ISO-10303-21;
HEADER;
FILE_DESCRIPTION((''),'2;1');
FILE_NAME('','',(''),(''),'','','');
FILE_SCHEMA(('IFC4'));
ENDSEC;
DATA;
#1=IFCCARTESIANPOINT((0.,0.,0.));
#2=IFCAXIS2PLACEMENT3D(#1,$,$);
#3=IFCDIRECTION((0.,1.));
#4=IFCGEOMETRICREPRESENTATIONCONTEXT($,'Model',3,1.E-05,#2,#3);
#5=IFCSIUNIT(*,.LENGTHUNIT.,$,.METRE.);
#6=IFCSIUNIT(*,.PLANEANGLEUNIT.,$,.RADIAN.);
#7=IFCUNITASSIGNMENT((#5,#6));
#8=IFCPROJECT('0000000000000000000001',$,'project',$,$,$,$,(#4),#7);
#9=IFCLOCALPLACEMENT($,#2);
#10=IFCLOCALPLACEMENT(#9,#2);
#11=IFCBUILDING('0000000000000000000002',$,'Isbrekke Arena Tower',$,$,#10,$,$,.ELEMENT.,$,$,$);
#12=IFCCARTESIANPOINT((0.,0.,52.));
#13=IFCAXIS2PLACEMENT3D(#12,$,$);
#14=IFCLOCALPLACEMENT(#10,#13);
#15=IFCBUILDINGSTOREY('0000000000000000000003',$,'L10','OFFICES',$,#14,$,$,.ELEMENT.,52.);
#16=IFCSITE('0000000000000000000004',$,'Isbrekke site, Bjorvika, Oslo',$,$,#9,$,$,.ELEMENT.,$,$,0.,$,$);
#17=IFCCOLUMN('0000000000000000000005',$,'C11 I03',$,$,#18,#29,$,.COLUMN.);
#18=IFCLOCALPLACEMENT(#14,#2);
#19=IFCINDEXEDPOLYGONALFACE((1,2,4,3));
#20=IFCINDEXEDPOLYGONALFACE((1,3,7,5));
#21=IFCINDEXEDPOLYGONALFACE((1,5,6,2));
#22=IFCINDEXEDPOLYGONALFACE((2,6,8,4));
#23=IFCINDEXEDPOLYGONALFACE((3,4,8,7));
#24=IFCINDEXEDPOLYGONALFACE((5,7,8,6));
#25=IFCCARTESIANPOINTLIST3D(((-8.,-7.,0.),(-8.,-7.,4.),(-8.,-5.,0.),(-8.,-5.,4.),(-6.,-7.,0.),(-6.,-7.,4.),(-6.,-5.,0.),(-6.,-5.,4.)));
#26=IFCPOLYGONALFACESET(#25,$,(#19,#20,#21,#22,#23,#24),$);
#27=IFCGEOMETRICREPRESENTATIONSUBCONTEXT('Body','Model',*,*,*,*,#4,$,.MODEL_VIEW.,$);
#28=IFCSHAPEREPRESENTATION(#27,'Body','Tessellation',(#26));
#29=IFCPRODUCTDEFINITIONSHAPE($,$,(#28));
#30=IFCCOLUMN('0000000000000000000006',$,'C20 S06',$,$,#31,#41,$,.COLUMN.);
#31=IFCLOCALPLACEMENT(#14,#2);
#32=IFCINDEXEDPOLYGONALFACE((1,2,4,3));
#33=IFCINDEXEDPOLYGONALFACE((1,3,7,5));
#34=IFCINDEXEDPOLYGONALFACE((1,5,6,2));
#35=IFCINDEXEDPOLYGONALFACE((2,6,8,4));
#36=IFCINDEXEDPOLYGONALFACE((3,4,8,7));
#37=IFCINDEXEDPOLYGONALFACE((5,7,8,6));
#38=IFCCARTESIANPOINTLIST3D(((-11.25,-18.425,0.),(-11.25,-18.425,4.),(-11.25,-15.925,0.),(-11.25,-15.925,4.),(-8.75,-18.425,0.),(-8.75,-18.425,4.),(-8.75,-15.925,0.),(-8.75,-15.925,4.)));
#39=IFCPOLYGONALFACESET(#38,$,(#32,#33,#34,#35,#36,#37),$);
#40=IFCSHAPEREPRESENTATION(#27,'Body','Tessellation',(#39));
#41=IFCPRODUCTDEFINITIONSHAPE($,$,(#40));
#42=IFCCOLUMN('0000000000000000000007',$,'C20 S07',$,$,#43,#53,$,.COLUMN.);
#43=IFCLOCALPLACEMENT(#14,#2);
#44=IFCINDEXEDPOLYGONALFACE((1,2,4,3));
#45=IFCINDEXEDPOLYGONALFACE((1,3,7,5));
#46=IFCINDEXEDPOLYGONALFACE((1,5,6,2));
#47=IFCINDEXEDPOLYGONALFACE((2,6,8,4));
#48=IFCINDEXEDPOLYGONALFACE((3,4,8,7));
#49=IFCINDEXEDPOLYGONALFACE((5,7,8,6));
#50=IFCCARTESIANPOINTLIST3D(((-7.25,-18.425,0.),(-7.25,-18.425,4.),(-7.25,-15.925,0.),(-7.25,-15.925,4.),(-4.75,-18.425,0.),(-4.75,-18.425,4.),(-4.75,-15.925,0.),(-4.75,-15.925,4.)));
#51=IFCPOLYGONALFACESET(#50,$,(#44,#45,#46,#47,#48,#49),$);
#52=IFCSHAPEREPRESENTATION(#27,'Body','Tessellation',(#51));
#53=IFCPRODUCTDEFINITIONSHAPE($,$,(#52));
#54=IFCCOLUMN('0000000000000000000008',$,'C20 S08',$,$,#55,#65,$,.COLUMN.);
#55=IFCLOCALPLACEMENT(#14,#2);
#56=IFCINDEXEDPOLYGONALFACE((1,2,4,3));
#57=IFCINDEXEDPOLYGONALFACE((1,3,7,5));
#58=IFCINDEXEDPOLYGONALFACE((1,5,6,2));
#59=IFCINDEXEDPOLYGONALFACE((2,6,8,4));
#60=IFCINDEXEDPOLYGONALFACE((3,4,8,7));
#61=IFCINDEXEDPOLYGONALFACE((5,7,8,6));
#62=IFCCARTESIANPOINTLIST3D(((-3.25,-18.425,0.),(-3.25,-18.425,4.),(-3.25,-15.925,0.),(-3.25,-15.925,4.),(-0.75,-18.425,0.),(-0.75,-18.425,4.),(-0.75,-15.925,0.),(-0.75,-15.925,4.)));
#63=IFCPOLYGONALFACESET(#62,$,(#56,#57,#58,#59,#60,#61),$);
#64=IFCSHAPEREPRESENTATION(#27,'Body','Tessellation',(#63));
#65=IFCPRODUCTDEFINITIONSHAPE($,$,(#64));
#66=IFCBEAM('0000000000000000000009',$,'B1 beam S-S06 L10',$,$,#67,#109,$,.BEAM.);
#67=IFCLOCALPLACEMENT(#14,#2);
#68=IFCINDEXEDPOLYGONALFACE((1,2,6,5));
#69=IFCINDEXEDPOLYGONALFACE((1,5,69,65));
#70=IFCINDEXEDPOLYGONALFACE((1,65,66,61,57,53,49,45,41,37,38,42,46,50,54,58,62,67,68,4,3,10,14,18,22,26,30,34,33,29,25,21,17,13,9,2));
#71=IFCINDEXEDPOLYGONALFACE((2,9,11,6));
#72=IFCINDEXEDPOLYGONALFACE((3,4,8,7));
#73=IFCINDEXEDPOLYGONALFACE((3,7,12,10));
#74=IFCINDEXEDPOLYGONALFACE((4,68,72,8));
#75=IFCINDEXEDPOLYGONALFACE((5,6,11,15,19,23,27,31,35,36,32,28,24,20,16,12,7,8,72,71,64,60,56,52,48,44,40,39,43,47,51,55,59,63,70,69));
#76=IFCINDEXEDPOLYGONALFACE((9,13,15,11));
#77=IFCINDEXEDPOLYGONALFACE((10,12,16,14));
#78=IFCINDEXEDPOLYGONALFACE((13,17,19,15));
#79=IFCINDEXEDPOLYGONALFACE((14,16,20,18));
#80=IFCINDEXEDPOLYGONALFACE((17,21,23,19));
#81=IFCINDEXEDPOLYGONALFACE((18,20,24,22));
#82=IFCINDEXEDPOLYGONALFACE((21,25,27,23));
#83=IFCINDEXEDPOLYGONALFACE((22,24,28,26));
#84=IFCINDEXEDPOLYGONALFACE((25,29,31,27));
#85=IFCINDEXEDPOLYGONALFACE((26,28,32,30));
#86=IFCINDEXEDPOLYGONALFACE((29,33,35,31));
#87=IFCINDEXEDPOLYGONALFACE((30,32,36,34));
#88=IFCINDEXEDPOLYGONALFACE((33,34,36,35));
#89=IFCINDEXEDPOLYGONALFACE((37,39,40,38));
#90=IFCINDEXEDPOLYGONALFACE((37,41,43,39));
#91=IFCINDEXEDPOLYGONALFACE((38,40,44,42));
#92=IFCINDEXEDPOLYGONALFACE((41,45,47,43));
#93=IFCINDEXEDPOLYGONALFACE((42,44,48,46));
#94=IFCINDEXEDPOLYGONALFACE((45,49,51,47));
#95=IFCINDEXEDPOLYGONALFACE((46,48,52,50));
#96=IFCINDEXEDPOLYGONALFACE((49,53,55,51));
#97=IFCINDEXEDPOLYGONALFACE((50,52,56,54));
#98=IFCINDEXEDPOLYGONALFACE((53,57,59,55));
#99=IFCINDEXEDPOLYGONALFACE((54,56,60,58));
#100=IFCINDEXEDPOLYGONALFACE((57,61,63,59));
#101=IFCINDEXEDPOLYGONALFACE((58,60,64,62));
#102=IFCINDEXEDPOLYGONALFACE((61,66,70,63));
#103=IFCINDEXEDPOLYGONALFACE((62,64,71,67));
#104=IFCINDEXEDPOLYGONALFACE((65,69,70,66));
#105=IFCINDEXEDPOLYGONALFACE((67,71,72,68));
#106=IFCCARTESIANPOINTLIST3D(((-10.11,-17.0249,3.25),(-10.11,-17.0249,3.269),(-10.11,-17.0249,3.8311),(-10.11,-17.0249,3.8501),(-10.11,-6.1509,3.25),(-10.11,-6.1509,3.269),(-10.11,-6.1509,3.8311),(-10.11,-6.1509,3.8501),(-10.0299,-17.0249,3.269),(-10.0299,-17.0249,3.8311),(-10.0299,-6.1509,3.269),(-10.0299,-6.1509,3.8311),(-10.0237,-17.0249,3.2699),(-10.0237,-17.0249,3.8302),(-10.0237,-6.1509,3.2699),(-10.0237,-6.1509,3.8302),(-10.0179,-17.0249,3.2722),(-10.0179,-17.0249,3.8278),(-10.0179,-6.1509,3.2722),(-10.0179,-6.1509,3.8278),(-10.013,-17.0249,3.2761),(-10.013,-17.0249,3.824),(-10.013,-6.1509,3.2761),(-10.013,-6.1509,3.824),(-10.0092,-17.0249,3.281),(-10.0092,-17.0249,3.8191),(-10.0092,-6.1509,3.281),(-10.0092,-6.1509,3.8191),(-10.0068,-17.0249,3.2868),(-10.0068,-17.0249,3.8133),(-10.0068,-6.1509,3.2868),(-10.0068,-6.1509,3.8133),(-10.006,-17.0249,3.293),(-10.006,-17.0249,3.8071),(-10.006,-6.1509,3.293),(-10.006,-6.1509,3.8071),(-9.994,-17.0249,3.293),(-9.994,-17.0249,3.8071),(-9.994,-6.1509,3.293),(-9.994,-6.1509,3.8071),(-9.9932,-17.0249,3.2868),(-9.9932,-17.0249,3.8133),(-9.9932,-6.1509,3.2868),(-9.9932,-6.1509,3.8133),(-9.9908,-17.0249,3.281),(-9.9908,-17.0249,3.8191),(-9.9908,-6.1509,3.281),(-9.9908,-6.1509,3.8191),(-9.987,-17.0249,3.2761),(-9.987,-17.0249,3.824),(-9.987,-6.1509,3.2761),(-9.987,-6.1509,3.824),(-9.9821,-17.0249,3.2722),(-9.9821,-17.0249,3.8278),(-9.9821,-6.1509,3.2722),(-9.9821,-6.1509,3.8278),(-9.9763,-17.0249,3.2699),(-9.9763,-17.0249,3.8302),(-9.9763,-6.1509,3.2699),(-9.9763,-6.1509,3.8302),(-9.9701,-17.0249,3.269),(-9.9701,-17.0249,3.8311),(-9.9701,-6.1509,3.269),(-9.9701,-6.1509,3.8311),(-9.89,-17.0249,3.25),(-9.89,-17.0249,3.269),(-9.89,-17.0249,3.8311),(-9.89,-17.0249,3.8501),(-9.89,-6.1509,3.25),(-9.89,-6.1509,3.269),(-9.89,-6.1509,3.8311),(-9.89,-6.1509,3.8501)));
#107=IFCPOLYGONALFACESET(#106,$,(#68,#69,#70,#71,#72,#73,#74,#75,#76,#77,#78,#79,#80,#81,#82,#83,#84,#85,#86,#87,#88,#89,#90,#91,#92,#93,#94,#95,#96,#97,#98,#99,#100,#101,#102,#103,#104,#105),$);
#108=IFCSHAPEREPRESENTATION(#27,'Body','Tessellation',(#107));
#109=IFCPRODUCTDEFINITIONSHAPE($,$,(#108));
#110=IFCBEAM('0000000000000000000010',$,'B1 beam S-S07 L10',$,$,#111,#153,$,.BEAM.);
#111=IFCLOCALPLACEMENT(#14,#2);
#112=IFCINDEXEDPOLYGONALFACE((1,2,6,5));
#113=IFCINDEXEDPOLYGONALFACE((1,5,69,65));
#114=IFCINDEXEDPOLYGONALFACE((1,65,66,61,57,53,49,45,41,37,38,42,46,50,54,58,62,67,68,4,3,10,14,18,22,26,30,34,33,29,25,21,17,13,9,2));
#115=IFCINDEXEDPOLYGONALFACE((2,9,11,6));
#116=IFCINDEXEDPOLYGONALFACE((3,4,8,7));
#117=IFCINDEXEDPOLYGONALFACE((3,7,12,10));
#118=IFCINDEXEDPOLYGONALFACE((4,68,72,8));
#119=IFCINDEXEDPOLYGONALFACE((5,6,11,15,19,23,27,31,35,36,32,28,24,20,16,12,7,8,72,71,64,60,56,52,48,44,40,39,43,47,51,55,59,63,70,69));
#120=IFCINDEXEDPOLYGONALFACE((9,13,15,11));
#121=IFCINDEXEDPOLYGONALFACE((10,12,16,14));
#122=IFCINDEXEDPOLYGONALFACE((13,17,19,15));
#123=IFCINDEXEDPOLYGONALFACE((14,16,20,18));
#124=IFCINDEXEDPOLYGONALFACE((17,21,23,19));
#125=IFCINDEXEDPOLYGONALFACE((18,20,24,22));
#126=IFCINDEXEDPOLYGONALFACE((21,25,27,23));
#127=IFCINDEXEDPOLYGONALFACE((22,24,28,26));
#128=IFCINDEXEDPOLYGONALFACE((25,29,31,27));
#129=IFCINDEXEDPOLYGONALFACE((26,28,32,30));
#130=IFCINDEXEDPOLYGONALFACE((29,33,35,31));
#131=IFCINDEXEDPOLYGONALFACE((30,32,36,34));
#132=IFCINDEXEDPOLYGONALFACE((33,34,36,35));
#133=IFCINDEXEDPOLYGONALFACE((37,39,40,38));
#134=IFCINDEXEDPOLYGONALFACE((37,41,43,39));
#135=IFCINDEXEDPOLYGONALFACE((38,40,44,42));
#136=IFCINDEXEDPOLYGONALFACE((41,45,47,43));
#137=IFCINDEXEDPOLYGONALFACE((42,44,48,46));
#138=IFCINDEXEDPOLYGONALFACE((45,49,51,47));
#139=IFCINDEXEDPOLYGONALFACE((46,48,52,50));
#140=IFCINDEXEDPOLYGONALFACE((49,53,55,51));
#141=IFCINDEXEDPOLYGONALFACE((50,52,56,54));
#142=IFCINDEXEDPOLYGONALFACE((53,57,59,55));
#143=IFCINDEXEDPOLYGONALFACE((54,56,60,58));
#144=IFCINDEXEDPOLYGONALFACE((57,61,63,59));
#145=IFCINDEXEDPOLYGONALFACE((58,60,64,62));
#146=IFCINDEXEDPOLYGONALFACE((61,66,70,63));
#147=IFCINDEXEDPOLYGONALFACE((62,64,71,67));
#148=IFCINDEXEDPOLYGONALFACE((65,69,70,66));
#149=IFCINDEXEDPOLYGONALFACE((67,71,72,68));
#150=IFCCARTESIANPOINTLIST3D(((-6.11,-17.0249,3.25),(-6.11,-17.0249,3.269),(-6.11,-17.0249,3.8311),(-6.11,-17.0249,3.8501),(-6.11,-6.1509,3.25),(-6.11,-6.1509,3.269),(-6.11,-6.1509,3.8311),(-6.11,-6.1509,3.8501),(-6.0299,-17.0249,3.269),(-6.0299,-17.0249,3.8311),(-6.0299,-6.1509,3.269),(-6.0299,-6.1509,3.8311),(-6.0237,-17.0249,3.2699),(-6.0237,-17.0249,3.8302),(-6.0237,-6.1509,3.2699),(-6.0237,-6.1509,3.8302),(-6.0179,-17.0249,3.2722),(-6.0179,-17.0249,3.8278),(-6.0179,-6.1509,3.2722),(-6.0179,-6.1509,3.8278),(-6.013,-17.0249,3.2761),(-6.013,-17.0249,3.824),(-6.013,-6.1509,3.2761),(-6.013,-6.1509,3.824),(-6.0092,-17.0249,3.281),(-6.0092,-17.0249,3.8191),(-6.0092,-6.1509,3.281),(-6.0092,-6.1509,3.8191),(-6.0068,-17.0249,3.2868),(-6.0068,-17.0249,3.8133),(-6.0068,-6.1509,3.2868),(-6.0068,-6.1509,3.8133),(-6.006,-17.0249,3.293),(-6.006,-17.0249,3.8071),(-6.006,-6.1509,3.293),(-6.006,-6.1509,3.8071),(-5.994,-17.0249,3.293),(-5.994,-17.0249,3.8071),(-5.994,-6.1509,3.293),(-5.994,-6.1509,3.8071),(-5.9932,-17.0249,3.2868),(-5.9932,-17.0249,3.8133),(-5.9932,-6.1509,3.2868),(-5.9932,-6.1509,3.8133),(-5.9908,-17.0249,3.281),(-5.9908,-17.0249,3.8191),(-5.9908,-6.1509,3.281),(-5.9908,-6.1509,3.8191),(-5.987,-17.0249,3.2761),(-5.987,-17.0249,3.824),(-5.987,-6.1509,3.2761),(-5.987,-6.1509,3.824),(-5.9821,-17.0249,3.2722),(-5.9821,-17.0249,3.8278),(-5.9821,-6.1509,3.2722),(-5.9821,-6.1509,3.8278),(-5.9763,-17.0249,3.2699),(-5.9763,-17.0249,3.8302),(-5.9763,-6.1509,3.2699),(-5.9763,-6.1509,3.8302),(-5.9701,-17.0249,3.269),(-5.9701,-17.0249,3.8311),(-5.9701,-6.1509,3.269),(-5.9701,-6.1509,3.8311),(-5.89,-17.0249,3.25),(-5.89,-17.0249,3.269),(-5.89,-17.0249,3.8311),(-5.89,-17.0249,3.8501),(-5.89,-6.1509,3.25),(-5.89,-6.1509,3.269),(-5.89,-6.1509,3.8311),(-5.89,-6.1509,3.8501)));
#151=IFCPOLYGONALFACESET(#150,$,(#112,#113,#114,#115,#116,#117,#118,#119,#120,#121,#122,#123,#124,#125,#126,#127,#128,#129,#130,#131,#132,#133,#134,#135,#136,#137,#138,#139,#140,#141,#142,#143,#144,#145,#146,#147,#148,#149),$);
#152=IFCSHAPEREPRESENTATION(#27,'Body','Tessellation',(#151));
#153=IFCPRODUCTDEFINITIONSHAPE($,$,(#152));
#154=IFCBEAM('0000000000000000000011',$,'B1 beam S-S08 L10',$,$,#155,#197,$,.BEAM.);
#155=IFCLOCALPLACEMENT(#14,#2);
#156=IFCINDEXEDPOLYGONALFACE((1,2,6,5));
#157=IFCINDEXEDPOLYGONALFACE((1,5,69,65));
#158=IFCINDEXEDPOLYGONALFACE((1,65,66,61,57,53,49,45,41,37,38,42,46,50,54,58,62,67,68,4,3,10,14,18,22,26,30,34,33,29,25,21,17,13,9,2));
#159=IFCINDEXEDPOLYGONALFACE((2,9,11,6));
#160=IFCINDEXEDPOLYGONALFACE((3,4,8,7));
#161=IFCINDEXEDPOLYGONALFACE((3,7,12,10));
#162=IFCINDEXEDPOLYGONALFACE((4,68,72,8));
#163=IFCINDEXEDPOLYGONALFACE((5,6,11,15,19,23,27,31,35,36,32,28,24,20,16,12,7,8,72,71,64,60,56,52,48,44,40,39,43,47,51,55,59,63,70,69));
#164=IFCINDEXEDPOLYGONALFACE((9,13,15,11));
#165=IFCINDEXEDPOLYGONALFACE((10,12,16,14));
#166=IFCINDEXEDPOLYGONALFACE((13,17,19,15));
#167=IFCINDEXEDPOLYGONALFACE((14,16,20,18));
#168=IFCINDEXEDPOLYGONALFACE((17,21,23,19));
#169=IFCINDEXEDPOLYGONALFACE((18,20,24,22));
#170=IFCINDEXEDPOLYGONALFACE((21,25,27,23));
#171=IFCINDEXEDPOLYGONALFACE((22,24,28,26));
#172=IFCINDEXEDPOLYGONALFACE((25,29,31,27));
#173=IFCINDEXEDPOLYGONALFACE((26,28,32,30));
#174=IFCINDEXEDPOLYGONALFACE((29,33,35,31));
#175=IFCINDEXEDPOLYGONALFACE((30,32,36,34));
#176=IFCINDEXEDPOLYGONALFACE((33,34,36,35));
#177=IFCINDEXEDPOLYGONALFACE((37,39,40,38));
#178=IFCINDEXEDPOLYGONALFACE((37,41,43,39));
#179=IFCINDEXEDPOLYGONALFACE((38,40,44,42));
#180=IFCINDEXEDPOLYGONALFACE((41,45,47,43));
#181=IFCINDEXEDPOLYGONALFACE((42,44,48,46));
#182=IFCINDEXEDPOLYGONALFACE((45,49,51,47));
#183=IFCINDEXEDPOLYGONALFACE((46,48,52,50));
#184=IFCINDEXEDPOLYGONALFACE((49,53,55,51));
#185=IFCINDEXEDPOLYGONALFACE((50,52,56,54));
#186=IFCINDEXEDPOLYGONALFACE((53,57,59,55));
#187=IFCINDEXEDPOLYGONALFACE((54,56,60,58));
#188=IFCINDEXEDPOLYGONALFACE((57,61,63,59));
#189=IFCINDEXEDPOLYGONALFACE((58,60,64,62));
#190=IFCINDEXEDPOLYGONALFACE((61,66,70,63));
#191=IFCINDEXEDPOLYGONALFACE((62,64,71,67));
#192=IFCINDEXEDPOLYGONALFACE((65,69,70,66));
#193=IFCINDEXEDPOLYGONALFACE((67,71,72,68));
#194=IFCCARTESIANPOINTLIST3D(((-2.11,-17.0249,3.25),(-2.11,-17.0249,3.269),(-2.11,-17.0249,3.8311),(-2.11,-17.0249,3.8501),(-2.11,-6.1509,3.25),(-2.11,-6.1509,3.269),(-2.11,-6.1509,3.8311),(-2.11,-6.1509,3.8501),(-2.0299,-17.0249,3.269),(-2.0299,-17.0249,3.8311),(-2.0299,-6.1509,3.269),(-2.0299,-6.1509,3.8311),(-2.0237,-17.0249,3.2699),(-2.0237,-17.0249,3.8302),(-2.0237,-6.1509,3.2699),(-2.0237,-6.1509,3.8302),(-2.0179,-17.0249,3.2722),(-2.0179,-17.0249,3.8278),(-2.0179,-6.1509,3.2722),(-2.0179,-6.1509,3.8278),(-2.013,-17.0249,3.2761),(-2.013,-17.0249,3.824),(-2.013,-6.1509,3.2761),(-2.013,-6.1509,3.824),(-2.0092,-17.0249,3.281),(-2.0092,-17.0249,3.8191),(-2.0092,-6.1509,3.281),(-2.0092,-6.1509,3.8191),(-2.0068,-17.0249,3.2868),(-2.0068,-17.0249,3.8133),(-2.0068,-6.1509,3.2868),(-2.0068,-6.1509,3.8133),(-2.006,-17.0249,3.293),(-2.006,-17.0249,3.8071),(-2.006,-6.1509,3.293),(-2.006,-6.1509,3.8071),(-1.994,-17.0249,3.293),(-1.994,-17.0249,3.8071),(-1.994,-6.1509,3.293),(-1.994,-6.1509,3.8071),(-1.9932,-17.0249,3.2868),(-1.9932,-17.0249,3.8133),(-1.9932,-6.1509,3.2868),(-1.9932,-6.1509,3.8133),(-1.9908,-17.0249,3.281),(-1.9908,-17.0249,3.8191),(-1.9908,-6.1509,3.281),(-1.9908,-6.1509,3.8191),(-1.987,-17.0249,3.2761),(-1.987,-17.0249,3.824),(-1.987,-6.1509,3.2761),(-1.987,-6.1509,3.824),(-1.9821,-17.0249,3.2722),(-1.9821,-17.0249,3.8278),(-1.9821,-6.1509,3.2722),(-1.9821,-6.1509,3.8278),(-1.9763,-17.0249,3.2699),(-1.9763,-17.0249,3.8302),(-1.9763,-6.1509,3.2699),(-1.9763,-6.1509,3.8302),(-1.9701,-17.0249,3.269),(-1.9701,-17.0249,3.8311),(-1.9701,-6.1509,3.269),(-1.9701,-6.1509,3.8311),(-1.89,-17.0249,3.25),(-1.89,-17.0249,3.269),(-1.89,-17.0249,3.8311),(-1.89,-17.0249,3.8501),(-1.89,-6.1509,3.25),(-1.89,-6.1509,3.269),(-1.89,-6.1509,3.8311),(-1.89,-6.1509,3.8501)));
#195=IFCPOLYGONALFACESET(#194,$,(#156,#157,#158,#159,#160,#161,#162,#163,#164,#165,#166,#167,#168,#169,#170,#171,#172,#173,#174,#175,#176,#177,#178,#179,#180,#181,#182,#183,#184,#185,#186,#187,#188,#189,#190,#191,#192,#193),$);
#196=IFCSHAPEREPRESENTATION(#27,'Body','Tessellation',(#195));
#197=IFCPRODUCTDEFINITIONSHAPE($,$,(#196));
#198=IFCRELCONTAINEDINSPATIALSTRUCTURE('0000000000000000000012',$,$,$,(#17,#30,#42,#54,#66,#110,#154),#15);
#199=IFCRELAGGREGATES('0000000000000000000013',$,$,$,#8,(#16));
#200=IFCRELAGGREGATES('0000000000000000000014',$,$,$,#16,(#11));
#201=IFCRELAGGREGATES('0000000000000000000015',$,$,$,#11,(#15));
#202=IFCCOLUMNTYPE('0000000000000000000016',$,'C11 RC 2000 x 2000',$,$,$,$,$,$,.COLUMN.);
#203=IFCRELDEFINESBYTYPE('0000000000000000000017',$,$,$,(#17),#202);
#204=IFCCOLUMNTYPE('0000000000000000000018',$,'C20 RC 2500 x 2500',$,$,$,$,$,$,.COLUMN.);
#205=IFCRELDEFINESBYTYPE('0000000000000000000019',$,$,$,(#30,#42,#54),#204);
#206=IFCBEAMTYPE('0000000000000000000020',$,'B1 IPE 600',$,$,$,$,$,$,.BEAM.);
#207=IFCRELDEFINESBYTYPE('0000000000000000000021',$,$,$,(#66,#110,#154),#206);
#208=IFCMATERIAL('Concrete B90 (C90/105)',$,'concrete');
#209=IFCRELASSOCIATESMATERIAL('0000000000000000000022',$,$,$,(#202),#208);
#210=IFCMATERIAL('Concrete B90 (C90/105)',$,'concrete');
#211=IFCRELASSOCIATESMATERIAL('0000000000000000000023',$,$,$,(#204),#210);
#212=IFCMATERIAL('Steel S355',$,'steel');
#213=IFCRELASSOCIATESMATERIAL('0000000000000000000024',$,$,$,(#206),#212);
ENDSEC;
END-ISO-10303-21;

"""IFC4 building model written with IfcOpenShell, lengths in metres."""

from ifc_helpers import new_model, si_unit, direction, frame, origin, origin_2d, place, context, subcontext, project, spatial, rectangle, i_section, extrude, material, material_profile, profile_set, type_object, element, save


model = new_model("IFC4")

# Units and contexts
model_context = context("Model", 3, precision=1e-05, world=origin(), true_north=direction((0.0, 1.0)))
body_context = subcontext(model_context, "Body", "Model", "MODEL_VIEW")
ifc_project = project(units=[si_unit("LENGTHUNIT", "METRE"), si_unit("PLANEANGLEUNIT", "RADIAN")], contexts=[model_context])

# Site, building, storey
site_placement = place(None, origin())
site = spatial("IfcSite", under=ifc_project, at=site_placement, Name="Isbrekke site, Bjorvika, Oslo", CompositionType="ELEMENT", RefElevation=0.0)
building_placement = place(site_placement, origin())
building = spatial("IfcBuilding", under=site, at=building_placement, Name="Isbrekke Arena Tower", CompositionType="ELEMENT")
storey_placement = place(building_placement, frame((0.0, 0.0, 52.0)))
storey = spatial("IfcBuildingStorey", under=building, at=storey_placement, Name="L10", Description="OFFICES", CompositionType="ELEMENT", Elevation=52.0)

# Columns
ifc_material_1 = material(Name="Concrete B90 (C90/105)", Category="concrete")
ifc_material_profile_1 = material_profile(ifc_material_1, rectangle(XDim=2.0, YDim=2.0, at=origin_2d()), Name="RC 2000x2000")
ifc_profile_set_1 = profile_set([ifc_material_profile_1], Name="Concrete B90 (C90/105)")
column_type_1 = type_object("IfcColumnType", Name="C11 RC 2000 x 2000", PredefinedType="COLUMN", material=ifc_profile_set_1)
column_placement = place(storey_placement, frame((-7.0, -6.0, 0.0), z_axis=(0.0, 0.0, 1.0), x_axis=(1.0, 0.0, 0.0)))
element("IfcColumn", 1, at=column_placement, inside=storey, type_object=column_type_1, Name="C11 I03", PredefinedType="COLUMN", context=body_context, shape_type="SweptSolid", body=[
    extrude(rectangle(XDim=2.0, YDim=2.0, at=origin_2d()), origin(), (0.0, 0.0, 1.0), 4.0),
])
ifc_material_2 = material(Name="Concrete B90 (C90/105)", Category="concrete")
ifc_material_profile_2 = material_profile(ifc_material_2, rectangle(XDim=2.5, YDim=2.5, at=origin_2d()), Name="RC 2500x2500")
ifc_profile_set_2 = profile_set([ifc_material_profile_2], Name="Concrete B90 (C90/105)")
column_type_2 = type_object("IfcColumnType", Name="C20 RC 2500 x 2500", PredefinedType="COLUMN", material=ifc_profile_set_2)
for number, where, z_axis, x_axis, name in (
    (2, (-10.0, -17.175, 0.0), (0.0, 0.0, 1.0), (1.0, 0.0, 0.0), "C20 S06"),
    (3, (-6.0, -17.175, 0.0), (0.0, 0.0, 1.0), (1.0, 0.0, 0.0), "C20 S07"),
    (4, (-2.0, -17.175, 0.0), (0.0, 0.0, 1.0), (1.0, 0.0, 0.0), "C20 S08"),
):
    element("IfcColumn", number, at=place(storey_placement, frame(where, z_axis=z_axis, x_axis=x_axis)), inside=storey, type_object=column_type_2, Name=name, PredefinedType="COLUMN", context=body_context, shape_type="SweptSolid", body=[
        extrude(rectangle(XDim=2.5, YDim=2.5, at=origin_2d()), origin(), (0.0, 0.0, 1.0), 4.0),
    ])

# Beams
ifc_material_3 = material(Name="Steel S355", Category="steel")
ifc_material_profile_3 = material_profile(ifc_material_3, i_section(OverallWidth=0.22, OverallDepth=0.6001, WebThickness=0.012, FlangeThickness=0.019, FilletRadius=0.0239, at=origin_2d()), Name="IPE 600")
ifc_profile_set_3 = profile_set([ifc_material_profile_3], Name="Steel S355")
beam_type_1 = type_object("IfcBeamType", Name="B1 IPE 600", PredefinedType="BEAM", material=ifc_profile_set_3)
for number, where, z_axis, x_axis, name in (
    (5, (-10.0, -17.0249, 3.55), (0.0, 1.0, 0.0), (-1.0, 0.0, 0.0), "B1 beam S-S06 L10"),
    (6, (-6.0, -17.0249, 3.55), (0.0, 1.0, 0.0), (-1.0, 0.0, 0.0), "B1 beam S-S07 L10"),
    (7, (-2.0, -17.0249, 3.55), (0.0, 1.0, 0.0), (-1.0, 0.0, 0.0), "B1 beam S-S08 L10"),
):
    element("IfcBeam", number, at=place(storey_placement, frame(where, z_axis=z_axis, x_axis=x_axis)), inside=storey, type_object=beam_type_1, Name=name, PredefinedType="BEAM", context=body_context, shape_type="SweptSolid", body=[
        extrude(i_section(OverallWidth=0.22, OverallDepth=0.6001, WebThickness=0.012, FlangeThickness=0.019, FilletRadius=0.0239, at=origin_2d()), origin(), (0.0, 0.0, 1.0), 10.874),
    ])

save(model, "model.ifc")
